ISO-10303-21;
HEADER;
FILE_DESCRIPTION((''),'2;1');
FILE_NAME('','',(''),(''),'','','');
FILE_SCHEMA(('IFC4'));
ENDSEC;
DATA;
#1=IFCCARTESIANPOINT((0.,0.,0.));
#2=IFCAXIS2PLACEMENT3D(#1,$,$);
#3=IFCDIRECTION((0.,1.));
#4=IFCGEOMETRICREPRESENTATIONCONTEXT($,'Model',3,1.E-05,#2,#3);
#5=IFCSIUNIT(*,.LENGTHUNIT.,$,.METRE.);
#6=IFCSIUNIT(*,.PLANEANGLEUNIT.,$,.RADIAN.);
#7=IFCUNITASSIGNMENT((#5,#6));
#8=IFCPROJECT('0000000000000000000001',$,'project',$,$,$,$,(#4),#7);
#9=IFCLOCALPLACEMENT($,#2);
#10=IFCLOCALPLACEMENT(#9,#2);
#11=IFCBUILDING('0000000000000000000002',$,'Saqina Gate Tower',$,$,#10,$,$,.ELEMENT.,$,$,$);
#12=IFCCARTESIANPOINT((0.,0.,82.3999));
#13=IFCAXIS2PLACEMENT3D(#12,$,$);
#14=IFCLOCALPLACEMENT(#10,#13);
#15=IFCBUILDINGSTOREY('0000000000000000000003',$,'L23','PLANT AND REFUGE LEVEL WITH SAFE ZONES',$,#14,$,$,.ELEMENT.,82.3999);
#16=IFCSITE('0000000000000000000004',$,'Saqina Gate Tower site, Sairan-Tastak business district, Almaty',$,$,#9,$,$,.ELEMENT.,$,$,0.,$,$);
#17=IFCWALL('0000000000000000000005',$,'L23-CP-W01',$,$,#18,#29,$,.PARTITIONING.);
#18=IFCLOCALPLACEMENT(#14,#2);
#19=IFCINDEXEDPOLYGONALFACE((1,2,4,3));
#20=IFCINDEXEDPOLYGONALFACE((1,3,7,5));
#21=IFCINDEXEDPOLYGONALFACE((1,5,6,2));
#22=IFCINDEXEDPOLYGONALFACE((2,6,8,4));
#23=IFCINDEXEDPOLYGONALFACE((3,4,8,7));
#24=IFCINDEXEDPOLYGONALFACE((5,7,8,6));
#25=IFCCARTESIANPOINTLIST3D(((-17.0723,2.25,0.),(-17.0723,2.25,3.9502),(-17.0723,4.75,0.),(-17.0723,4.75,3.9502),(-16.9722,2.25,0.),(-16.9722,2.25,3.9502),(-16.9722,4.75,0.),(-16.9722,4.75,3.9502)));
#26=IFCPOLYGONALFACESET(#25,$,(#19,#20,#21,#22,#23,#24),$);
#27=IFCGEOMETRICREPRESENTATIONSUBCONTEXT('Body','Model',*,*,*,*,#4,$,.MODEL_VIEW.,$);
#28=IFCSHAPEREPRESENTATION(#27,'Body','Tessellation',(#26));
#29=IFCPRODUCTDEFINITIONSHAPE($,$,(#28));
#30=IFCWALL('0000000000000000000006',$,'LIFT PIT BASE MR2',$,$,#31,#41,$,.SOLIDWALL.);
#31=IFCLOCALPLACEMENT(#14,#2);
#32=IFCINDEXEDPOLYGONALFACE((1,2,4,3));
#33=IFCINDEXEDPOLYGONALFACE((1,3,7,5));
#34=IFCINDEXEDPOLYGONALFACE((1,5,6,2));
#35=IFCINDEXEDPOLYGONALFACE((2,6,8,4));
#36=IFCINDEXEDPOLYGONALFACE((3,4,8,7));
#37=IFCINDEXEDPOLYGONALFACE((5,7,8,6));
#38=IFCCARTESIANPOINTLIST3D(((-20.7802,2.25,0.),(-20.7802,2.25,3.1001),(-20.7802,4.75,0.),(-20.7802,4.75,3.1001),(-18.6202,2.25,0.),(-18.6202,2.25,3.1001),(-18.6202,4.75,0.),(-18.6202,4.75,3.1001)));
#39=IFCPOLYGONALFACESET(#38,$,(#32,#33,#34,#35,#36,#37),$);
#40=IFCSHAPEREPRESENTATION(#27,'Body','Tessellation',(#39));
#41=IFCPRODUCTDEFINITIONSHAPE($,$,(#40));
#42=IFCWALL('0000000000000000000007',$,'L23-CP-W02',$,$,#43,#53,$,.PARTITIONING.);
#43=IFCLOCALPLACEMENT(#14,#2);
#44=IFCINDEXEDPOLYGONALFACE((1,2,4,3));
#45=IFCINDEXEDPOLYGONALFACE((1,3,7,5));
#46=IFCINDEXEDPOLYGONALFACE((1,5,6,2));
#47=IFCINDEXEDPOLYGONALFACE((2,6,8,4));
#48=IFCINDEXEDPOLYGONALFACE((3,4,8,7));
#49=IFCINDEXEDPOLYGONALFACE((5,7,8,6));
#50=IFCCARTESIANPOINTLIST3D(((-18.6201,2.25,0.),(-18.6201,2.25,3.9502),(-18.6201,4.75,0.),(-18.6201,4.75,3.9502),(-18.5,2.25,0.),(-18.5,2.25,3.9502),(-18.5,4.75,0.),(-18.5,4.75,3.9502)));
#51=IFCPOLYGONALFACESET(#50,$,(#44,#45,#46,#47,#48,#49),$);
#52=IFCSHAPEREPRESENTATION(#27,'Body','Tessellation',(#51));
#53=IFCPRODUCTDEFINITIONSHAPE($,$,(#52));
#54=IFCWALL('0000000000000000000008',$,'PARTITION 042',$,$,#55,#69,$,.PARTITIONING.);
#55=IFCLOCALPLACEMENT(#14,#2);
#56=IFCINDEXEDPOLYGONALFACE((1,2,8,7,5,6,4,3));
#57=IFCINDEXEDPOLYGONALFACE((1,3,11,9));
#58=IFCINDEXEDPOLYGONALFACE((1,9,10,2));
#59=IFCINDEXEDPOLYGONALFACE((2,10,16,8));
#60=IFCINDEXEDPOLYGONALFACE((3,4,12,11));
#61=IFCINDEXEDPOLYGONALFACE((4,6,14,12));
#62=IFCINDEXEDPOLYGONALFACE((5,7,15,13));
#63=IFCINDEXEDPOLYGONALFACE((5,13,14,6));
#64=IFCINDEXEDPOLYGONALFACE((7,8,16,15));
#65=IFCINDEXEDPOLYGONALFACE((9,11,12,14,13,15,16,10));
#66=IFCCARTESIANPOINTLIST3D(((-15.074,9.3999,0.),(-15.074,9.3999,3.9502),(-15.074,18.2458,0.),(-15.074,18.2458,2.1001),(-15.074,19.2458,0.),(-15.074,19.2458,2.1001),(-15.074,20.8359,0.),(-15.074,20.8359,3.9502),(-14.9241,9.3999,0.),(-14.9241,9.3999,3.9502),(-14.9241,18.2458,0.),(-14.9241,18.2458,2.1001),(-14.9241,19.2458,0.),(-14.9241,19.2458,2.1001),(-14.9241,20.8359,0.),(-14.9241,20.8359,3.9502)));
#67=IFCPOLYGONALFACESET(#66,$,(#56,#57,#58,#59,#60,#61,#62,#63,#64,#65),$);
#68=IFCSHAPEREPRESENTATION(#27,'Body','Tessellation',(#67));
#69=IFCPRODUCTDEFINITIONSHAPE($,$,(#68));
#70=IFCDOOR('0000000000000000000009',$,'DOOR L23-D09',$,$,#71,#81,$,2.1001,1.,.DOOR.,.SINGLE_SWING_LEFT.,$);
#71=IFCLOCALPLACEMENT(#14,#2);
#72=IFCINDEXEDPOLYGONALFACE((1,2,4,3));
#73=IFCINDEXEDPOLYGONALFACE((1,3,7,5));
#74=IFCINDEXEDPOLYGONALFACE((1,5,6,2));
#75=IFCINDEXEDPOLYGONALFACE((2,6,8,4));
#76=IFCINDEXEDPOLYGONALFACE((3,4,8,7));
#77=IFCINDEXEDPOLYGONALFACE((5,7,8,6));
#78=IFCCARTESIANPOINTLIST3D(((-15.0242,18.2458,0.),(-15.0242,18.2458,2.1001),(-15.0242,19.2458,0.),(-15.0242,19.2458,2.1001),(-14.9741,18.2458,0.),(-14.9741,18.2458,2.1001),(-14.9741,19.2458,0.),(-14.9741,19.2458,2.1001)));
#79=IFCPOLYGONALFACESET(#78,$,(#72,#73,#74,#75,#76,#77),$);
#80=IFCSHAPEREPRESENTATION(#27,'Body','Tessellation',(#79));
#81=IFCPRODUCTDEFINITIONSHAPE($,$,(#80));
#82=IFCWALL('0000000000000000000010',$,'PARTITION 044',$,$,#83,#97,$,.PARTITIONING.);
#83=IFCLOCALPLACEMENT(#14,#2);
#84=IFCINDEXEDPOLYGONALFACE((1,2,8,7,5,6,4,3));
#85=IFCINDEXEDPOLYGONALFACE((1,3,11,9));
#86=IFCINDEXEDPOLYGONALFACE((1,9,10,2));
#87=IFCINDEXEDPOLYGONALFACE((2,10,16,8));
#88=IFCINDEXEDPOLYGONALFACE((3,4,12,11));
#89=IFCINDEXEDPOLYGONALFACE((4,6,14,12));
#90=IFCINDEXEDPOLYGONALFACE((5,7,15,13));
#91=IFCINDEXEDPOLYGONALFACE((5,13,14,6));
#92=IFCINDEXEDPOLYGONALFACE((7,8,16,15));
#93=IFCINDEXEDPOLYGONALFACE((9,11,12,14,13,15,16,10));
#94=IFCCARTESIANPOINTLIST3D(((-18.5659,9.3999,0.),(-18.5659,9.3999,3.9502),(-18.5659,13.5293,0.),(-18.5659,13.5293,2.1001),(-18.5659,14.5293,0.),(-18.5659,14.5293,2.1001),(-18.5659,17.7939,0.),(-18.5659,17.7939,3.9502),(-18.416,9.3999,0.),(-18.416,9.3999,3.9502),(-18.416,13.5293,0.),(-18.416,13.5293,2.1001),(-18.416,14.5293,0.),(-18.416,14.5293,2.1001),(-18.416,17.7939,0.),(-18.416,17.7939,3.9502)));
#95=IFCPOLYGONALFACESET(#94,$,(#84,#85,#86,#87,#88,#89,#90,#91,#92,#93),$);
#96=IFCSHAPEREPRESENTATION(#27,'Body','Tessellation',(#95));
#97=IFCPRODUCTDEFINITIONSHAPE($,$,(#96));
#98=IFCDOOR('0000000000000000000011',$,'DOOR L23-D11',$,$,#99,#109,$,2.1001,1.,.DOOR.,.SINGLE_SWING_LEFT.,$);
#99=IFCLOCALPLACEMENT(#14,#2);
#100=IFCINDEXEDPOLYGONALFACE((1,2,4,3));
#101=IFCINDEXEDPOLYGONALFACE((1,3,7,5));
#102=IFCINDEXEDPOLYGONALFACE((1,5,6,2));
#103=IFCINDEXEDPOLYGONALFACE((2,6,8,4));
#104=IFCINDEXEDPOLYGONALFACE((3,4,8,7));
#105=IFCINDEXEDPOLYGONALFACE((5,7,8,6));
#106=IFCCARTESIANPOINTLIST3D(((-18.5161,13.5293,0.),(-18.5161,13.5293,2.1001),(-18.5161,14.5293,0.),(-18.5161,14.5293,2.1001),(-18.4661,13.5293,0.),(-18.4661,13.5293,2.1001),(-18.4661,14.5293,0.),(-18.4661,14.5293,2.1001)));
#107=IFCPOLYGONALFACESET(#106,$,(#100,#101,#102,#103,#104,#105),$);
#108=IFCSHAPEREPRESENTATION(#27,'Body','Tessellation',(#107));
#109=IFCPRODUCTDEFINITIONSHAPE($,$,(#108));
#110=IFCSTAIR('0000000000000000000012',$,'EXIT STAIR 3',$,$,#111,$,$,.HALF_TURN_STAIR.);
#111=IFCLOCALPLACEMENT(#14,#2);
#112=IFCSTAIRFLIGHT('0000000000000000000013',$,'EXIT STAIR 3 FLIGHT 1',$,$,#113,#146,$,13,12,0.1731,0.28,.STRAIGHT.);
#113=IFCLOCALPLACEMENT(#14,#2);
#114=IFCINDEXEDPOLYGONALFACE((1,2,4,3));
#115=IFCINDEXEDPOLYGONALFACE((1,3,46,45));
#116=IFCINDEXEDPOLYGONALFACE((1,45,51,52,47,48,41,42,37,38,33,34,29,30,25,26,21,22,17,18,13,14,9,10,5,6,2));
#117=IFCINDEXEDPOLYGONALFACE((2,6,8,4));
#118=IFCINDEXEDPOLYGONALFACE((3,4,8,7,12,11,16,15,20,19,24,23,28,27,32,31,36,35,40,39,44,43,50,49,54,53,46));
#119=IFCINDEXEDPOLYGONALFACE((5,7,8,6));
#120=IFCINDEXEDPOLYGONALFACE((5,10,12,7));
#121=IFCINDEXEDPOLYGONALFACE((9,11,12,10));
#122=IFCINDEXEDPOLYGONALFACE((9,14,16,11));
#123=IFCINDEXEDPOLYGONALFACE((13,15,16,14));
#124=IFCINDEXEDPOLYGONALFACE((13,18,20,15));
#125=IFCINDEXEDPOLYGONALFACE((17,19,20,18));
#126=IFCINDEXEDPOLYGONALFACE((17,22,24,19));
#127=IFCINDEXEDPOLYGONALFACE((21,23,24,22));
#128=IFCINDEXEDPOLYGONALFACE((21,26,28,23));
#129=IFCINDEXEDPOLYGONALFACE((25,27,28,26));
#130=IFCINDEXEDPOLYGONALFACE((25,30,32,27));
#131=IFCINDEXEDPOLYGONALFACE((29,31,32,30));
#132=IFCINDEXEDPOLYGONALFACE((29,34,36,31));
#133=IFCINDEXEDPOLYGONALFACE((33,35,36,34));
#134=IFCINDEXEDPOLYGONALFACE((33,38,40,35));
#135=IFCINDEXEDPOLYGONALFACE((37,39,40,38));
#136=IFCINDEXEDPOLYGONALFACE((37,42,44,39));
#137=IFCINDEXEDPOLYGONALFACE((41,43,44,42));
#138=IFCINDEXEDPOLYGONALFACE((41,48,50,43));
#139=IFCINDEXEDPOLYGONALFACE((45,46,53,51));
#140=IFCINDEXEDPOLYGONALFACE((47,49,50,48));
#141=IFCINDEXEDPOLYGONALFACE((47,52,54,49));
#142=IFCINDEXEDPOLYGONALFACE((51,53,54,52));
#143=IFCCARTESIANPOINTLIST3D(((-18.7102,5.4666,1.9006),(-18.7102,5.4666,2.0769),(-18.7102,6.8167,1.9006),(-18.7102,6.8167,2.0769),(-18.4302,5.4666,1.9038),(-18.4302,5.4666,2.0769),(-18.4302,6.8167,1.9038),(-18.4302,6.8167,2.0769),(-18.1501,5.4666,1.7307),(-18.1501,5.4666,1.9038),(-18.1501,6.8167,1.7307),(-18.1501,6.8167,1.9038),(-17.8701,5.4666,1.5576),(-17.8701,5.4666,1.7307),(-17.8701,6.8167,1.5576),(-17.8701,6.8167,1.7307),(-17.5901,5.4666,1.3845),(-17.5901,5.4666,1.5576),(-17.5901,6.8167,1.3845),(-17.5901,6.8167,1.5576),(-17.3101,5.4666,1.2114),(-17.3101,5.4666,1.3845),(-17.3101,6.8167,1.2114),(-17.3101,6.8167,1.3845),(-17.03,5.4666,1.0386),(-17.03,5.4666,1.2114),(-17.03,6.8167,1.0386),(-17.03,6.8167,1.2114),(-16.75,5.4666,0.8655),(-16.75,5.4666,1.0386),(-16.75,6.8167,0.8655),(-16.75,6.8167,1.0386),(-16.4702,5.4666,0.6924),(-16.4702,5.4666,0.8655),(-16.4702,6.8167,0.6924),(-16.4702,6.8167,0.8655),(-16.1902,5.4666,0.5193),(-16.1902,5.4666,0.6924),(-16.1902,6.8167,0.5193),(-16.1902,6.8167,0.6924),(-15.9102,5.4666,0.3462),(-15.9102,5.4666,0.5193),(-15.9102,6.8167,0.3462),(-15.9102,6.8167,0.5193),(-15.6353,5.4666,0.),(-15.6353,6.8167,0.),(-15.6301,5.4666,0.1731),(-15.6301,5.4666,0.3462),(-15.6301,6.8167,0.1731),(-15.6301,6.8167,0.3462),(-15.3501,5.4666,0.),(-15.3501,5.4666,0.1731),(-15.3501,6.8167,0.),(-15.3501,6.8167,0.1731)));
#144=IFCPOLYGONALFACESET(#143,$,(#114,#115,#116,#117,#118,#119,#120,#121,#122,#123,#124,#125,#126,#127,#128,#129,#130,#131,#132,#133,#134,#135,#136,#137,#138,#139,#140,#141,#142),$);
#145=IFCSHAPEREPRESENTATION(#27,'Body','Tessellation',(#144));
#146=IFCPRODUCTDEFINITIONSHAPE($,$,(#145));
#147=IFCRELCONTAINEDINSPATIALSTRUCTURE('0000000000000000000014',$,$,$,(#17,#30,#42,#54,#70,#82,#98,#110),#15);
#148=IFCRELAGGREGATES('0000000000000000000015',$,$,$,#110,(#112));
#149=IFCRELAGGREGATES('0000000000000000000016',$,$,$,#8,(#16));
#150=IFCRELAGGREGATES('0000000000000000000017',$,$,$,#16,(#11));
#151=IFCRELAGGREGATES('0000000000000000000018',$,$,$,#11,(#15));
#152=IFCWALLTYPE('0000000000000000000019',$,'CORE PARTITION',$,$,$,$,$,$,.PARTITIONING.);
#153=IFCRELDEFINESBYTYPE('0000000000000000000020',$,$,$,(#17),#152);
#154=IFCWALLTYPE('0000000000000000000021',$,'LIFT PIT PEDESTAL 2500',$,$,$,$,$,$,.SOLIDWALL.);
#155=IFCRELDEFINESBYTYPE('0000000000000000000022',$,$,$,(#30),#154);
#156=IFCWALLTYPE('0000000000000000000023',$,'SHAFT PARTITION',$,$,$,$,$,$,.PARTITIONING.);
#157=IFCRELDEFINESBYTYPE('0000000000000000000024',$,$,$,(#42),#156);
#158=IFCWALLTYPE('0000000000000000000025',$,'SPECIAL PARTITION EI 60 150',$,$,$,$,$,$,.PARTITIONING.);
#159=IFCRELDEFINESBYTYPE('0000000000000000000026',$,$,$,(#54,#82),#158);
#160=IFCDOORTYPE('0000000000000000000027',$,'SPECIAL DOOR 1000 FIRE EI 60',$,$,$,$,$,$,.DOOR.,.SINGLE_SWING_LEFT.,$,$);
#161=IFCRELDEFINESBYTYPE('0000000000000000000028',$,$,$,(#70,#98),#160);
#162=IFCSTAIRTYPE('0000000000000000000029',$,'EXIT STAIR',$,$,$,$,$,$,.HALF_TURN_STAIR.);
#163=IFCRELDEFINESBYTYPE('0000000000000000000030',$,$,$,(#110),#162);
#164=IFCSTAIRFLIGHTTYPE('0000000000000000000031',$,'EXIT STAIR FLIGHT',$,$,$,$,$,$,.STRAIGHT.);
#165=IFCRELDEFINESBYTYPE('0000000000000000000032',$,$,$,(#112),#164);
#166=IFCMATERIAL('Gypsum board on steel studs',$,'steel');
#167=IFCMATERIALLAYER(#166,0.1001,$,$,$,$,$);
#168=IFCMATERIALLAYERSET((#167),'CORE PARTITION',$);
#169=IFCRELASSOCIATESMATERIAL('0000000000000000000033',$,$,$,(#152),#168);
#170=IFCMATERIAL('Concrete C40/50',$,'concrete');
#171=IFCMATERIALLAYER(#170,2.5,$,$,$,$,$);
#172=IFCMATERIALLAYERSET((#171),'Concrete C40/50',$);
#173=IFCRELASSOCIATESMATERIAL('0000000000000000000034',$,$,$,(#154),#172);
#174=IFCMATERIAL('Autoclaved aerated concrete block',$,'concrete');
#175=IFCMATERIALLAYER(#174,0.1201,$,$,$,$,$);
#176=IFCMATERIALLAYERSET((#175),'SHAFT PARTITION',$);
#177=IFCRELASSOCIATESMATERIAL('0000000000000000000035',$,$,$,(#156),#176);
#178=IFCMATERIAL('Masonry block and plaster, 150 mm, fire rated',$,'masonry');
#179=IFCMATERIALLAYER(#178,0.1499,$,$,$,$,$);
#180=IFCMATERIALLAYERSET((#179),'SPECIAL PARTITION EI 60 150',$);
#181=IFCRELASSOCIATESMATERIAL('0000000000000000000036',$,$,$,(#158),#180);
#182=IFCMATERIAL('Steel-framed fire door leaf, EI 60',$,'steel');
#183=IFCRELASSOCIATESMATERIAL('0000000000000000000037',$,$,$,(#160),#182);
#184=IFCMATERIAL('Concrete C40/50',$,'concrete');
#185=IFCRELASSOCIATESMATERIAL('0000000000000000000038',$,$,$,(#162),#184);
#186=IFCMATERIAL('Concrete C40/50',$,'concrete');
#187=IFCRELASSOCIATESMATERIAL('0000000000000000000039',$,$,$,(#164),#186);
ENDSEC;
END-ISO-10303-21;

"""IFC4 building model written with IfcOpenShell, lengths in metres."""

from ifc_helpers import new_model, si_unit, direction, frame, frame_2d, origin, place, context, subcontext, project, spatial, polyline, rectangle, outline, extrude, material, layer, layer_set, type_object, element, fill, aggregate, save


model = new_model("IFC4")

# Units and contexts
model_context = context("Model", 3, precision=1e-05, world=origin(), true_north=direction((0.0, 1.0)))
body_context = subcontext(model_context, "Body", "Model", "MODEL_VIEW")
ifc_project = project(units=[si_unit("LENGTHUNIT", "METRE"), si_unit("PLANEANGLEUNIT", "RADIAN")], contexts=[model_context])

# Site, building, storey
site_placement = place(None, origin())
site = spatial("IfcSite", under=ifc_project, at=site_placement, Name="Saqina Gate Tower site, Sairan-Tastak business district, Almaty", CompositionType="ELEMENT", RefElevation=0.0)
building_placement = place(site_placement, origin())
building = spatial("IfcBuilding", under=site, at=building_placement, Name="Saqina Gate Tower", CompositionType="ELEMENT")
storey_placement = place(building_placement, frame((0.0, 0.0, 82.3999)))
storey = spatial("IfcBuildingStorey", under=building, at=storey_placement, Name="L23", Description="PLANT AND REFUGE LEVEL WITH SAFE ZONES", CompositionType="ELEMENT", Elevation=82.3999)

# Walls
ifc_material_1 = material(Name="Gypsum board on steel studs", Category="steel")
ifc_layer_1 = layer(ifc_material_1, 0.1001)
ifc_layer_set_1 = layer_set([ifc_layer_1], Name="CORE PARTITION")
wall_type_1 = type_object("IfcWallType", Name="CORE PARTITION", PredefinedType="PARTITIONING", material=ifc_layer_set_1)
wall_1_placement = place(storey_placement, frame((-17.0222, 2.25, 0.0), z_axis=(0.0, 0.0, 1.0), x_axis=(0.0, 1.0, 0.0)))
element("IfcWall", 1, at=wall_1_placement, inside=storey, type_object=wall_type_1, Name="L23-CP-W01", PredefinedType="PARTITIONING", context=body_context, shape_type="SweptSolid", body=[
    extrude(rectangle(XDim=2.5, YDim=0.1001, at=frame_2d((1.25, 0.0))), origin(), (0.0, 0.0, 1.0), 3.9502),
])
ifc_material_2 = material(Name="Concrete C40/50", Category="concrete")
ifc_layer_2 = layer(ifc_material_2, 2.5)
ifc_layer_set_2 = layer_set([ifc_layer_2], Name="Concrete C40/50")
wall_type_2 = type_object("IfcWallType", Name="LIFT PIT PEDESTAL 2500", PredefinedType="SOLIDWALL", material=ifc_layer_set_2)
wall_2_placement = place(storey_placement, frame((-18.6201, 3.5, 0.0), z_axis=(0.0, 0.0, 1.0), x_axis=(-1.0, 0.0, 0.0)))
element("IfcWall", 2, at=wall_2_placement, inside=storey, type_object=wall_type_2, Name="LIFT PIT BASE MR2", PredefinedType="SOLIDWALL", context=body_context, shape_type="SweptSolid", body=[
    extrude(rectangle(XDim=2.1599, YDim=2.5, at=frame_2d((1.0801, 0.0))), origin(), (0.0, 0.0, 1.0), 3.1001),
])
ifc_material_3 = material(Name="Autoclaved aerated concrete block", Category="concrete")
ifc_layer_3 = layer(ifc_material_3, 0.1201)
ifc_layer_set_3 = layer_set([ifc_layer_3], Name="SHAFT PARTITION")
wall_type_3 = type_object("IfcWallType", Name="SHAFT PARTITION", PredefinedType="PARTITIONING", material=ifc_layer_set_3)
wall_3_placement = place(storey_placement, frame((-18.5601, 2.25, 0.0), z_axis=(0.0, 0.0, 1.0), x_axis=(0.0, 1.0, 0.0)))
element("IfcWall", 3, at=wall_3_placement, inside=storey, type_object=wall_type_3, Name="L23-CP-W02", PredefinedType="PARTITIONING", context=body_context, shape_type="SweptSolid", body=[
    extrude(rectangle(XDim=2.5, YDim=0.1201, at=frame_2d((1.25, 0.0))), origin(), (0.0, 0.0, 1.0), 3.9502),
])

# Walls, openings, doors
ifc_material_4 = material(Name="Masonry block and plaster, 150 mm, fire rated", Category="masonry")
ifc_layer_4 = layer(ifc_material_4, 0.1499)
ifc_layer_set_4 = layer_set([ifc_layer_4], Name="SPECIAL PARTITION EI 60 150")
wall_type_4 = type_object("IfcWallType", Name="SPECIAL PARTITION EI 60 150", PredefinedType="PARTITIONING", material=ifc_layer_set_4)
wall_4_placement = place(storey_placement, frame((-14.999, 9.3999, 0.0), z_axis=(0.0, 0.0, 1.0), x_axis=(0.0, 1.0, 0.0)))
wall_4 = element("IfcWall", 4, at=wall_4_placement, inside=storey, type_object=wall_type_4, Name="PARTITION 042", PredefinedType="PARTITIONING", context=body_context, shape_type="SweptSolid", body=[
    extrude(rectangle(XDim=11.436, YDim=0.1499, at=frame_2d((5.718, 0.0))), origin(), (0.0, 0.0, 1.0), 3.9502),
])
opening_1_placement = place(wall_4_placement, frame((8.8459, 0.0, 0.0)))
opening_1 = element("IfcOpeningElement", 5, at=opening_1_placement, cuts=wall_4, PredefinedType="OPENING", context=body_context, shape_type="SweptSolid", body=[
    extrude(rectangle(XDim=1.0, YDim=2.1001, at=frame_2d((0.5, 1.05))), frame((0.0, 0.0869, 0.0), z_axis=(0.0, -1.0, 0.0), x_axis=(1.0, 0.0, 0.0)), (0.0, 0.0, 1.0), 0.1738),
])
ifc_material_5 = material(Name="Steel-framed fire door leaf, EI 60", Category="steel")
door_type = type_object("IfcDoorType", Name="SPECIAL DOOR 1000 FIRE EI 60", OperationType="SINGLE_SWING_LEFT", PredefinedType="DOOR", material=ifc_material_5)
door_1_placement = place(opening_1_placement, frame((1.0, 0.0, 0.0), z_axis=(0.0, 0.0, 1.0), x_axis=(-1.0, 0.0, 0.0)))
door_1 = element("IfcDoor", 6, at=door_1_placement, inside=storey, type_object=door_type, Name="DOOR L23-D09", OperationType="SINGLE_SWING_LEFT", OverallHeight=2.1001, OverallWidth=1.0, PredefinedType="DOOR", context=body_context, shape_type="SweptSolid", body=[
    extrude(rectangle(XDim=1.0, YDim=2.1001, at=frame_2d((0.5, 1.05))), frame((0.0, 0.0249, 0.0), z_axis=(0.0, -1.0, 0.0), x_axis=(1.0, 0.0, 0.0)), (0.0, 0.0, 1.0), 0.05),
])
fill(opening_1, door_1)
wall_5_placement = place(storey_placement, frame((-18.491, 9.3999, 0.0), z_axis=(0.0, 0.0, 1.0), x_axis=(0.0, 1.0, 0.0)))
wall_5 = element("IfcWall", 7, at=wall_5_placement, inside=storey, type_object=wall_type_4, Name="PARTITION 044", PredefinedType="PARTITIONING", context=body_context, shape_type="SweptSolid", body=[
    extrude(rectangle(XDim=8.394, YDim=0.1499, at=frame_2d((4.197, 0.0))), origin(), (0.0, 0.0, 1.0), 3.9502),
])
opening_2_placement = place(wall_5_placement, frame((4.1294, 0.0, 0.0)))
opening_2 = element("IfcOpeningElement", 8, at=opening_2_placement, cuts=wall_5, PredefinedType="OPENING", context=body_context, shape_type="SweptSolid", body=[
    extrude(rectangle(XDim=1.0, YDim=2.1001, at=frame_2d((0.5, 1.05))), frame((0.0, 0.0869, 0.0), z_axis=(0.0, -1.0, 0.0), x_axis=(1.0, 0.0, 0.0)), (0.0, 0.0, 1.0), 0.1738),
])
door_2_placement = place(opening_2_placement, frame((1.0, 0.0, 0.0), z_axis=(0.0, 0.0, 1.0), x_axis=(-1.0, 0.0, 0.0)))
door_2 = element("IfcDoor", 9, at=door_2_placement, inside=storey, type_object=door_type, Name="DOOR L23-D11", OperationType="SINGLE_SWING_LEFT", OverallHeight=2.1001, OverallWidth=1.0, PredefinedType="DOOR", context=body_context, shape_type="SweptSolid", body=[
    extrude(rectangle(XDim=1.0, YDim=2.1001, at=frame_2d((0.5, 1.05))), frame((0.0, 0.0249, 0.0), z_axis=(0.0, -1.0, 0.0), x_axis=(1.0, 0.0, 0.0)), (0.0, 0.0, 1.0), 0.05),
])
fill(opening_2, door_2)

# Stair, stair flight
ifc_material_6 = material(Name="Concrete C40/50", Category="concrete")
stair_type = type_object("IfcStairType", Name="EXIT STAIR", PredefinedType="HALF_TURN_STAIR", material=ifc_material_6)
stair_placement = place(storey_placement, origin())
stair = element("IfcStair", 10, at=stair_placement, inside=storey, type_object=stair_type, Name="EXIT STAIR 3", PredefinedType="HALF_TURN_STAIR")
ifc_material_7 = material(Name="Concrete C40/50", Category="concrete")
stair_flight_type = type_object("IfcStairFlightType", Name="EXIT STAIR FLIGHT", PredefinedType="STRAIGHT", material=ifc_material_7)
stair_flight_1_placement = place(storey_placement, frame((-15.3501, 6.1416, 0.0), z_axis=(0.0, 0.0, 1.0), x_axis=(-1.0, 0.0, 0.0)))
stair_flight_1 = element("IfcStairFlight", 11, at=stair_flight_1_placement, type_object=stair_flight_type, Name="EXIT STAIR 3 FLIGHT 1", NumberOfRisers=13, NumberOfTreads=12, PredefinedType="STRAIGHT", RiserHeight=0.1731, TreadLength=0.28, context=body_context, shape_type="SweptSolid", body=[
    extrude(outline(polyline([(0.0, 0.0), (0.0, 0.1731), (0.28, 0.1731), (0.28, 0.3462), (0.5601, 0.3462), (0.5601, 0.5193), (0.8401, 0.5193), (0.8401, 0.6924), (1.1201, 0.6924), (1.1201, 0.8655), (1.3999, 0.8655), (1.3999, 1.0386), (1.6799, 1.0386), (1.6799, 1.2114), (1.96, 1.2114), (1.96, 1.3845), (2.24, 1.3845), (2.24, 1.5576), (2.52, 1.5576), (2.52, 1.7307), (2.8, 1.7307), (2.8, 1.9038), (3.0801, 1.9038), (3.0801, 2.0769), (3.3601, 2.0769), (3.3601, 2.25), (3.3601, 1.9006), (0.2852, 0.0), (0.0, 0.0)])), frame((0.0, 0.675, 0.0), z_axis=(0.0, -1.0, 0.0), x_axis=(1.0, 0.0, 0.0)), (0.0, 0.0, 1.0), 1.3501),
])
aggregate(stair, [stair_flight_1])

save(model, "model.ifc")
